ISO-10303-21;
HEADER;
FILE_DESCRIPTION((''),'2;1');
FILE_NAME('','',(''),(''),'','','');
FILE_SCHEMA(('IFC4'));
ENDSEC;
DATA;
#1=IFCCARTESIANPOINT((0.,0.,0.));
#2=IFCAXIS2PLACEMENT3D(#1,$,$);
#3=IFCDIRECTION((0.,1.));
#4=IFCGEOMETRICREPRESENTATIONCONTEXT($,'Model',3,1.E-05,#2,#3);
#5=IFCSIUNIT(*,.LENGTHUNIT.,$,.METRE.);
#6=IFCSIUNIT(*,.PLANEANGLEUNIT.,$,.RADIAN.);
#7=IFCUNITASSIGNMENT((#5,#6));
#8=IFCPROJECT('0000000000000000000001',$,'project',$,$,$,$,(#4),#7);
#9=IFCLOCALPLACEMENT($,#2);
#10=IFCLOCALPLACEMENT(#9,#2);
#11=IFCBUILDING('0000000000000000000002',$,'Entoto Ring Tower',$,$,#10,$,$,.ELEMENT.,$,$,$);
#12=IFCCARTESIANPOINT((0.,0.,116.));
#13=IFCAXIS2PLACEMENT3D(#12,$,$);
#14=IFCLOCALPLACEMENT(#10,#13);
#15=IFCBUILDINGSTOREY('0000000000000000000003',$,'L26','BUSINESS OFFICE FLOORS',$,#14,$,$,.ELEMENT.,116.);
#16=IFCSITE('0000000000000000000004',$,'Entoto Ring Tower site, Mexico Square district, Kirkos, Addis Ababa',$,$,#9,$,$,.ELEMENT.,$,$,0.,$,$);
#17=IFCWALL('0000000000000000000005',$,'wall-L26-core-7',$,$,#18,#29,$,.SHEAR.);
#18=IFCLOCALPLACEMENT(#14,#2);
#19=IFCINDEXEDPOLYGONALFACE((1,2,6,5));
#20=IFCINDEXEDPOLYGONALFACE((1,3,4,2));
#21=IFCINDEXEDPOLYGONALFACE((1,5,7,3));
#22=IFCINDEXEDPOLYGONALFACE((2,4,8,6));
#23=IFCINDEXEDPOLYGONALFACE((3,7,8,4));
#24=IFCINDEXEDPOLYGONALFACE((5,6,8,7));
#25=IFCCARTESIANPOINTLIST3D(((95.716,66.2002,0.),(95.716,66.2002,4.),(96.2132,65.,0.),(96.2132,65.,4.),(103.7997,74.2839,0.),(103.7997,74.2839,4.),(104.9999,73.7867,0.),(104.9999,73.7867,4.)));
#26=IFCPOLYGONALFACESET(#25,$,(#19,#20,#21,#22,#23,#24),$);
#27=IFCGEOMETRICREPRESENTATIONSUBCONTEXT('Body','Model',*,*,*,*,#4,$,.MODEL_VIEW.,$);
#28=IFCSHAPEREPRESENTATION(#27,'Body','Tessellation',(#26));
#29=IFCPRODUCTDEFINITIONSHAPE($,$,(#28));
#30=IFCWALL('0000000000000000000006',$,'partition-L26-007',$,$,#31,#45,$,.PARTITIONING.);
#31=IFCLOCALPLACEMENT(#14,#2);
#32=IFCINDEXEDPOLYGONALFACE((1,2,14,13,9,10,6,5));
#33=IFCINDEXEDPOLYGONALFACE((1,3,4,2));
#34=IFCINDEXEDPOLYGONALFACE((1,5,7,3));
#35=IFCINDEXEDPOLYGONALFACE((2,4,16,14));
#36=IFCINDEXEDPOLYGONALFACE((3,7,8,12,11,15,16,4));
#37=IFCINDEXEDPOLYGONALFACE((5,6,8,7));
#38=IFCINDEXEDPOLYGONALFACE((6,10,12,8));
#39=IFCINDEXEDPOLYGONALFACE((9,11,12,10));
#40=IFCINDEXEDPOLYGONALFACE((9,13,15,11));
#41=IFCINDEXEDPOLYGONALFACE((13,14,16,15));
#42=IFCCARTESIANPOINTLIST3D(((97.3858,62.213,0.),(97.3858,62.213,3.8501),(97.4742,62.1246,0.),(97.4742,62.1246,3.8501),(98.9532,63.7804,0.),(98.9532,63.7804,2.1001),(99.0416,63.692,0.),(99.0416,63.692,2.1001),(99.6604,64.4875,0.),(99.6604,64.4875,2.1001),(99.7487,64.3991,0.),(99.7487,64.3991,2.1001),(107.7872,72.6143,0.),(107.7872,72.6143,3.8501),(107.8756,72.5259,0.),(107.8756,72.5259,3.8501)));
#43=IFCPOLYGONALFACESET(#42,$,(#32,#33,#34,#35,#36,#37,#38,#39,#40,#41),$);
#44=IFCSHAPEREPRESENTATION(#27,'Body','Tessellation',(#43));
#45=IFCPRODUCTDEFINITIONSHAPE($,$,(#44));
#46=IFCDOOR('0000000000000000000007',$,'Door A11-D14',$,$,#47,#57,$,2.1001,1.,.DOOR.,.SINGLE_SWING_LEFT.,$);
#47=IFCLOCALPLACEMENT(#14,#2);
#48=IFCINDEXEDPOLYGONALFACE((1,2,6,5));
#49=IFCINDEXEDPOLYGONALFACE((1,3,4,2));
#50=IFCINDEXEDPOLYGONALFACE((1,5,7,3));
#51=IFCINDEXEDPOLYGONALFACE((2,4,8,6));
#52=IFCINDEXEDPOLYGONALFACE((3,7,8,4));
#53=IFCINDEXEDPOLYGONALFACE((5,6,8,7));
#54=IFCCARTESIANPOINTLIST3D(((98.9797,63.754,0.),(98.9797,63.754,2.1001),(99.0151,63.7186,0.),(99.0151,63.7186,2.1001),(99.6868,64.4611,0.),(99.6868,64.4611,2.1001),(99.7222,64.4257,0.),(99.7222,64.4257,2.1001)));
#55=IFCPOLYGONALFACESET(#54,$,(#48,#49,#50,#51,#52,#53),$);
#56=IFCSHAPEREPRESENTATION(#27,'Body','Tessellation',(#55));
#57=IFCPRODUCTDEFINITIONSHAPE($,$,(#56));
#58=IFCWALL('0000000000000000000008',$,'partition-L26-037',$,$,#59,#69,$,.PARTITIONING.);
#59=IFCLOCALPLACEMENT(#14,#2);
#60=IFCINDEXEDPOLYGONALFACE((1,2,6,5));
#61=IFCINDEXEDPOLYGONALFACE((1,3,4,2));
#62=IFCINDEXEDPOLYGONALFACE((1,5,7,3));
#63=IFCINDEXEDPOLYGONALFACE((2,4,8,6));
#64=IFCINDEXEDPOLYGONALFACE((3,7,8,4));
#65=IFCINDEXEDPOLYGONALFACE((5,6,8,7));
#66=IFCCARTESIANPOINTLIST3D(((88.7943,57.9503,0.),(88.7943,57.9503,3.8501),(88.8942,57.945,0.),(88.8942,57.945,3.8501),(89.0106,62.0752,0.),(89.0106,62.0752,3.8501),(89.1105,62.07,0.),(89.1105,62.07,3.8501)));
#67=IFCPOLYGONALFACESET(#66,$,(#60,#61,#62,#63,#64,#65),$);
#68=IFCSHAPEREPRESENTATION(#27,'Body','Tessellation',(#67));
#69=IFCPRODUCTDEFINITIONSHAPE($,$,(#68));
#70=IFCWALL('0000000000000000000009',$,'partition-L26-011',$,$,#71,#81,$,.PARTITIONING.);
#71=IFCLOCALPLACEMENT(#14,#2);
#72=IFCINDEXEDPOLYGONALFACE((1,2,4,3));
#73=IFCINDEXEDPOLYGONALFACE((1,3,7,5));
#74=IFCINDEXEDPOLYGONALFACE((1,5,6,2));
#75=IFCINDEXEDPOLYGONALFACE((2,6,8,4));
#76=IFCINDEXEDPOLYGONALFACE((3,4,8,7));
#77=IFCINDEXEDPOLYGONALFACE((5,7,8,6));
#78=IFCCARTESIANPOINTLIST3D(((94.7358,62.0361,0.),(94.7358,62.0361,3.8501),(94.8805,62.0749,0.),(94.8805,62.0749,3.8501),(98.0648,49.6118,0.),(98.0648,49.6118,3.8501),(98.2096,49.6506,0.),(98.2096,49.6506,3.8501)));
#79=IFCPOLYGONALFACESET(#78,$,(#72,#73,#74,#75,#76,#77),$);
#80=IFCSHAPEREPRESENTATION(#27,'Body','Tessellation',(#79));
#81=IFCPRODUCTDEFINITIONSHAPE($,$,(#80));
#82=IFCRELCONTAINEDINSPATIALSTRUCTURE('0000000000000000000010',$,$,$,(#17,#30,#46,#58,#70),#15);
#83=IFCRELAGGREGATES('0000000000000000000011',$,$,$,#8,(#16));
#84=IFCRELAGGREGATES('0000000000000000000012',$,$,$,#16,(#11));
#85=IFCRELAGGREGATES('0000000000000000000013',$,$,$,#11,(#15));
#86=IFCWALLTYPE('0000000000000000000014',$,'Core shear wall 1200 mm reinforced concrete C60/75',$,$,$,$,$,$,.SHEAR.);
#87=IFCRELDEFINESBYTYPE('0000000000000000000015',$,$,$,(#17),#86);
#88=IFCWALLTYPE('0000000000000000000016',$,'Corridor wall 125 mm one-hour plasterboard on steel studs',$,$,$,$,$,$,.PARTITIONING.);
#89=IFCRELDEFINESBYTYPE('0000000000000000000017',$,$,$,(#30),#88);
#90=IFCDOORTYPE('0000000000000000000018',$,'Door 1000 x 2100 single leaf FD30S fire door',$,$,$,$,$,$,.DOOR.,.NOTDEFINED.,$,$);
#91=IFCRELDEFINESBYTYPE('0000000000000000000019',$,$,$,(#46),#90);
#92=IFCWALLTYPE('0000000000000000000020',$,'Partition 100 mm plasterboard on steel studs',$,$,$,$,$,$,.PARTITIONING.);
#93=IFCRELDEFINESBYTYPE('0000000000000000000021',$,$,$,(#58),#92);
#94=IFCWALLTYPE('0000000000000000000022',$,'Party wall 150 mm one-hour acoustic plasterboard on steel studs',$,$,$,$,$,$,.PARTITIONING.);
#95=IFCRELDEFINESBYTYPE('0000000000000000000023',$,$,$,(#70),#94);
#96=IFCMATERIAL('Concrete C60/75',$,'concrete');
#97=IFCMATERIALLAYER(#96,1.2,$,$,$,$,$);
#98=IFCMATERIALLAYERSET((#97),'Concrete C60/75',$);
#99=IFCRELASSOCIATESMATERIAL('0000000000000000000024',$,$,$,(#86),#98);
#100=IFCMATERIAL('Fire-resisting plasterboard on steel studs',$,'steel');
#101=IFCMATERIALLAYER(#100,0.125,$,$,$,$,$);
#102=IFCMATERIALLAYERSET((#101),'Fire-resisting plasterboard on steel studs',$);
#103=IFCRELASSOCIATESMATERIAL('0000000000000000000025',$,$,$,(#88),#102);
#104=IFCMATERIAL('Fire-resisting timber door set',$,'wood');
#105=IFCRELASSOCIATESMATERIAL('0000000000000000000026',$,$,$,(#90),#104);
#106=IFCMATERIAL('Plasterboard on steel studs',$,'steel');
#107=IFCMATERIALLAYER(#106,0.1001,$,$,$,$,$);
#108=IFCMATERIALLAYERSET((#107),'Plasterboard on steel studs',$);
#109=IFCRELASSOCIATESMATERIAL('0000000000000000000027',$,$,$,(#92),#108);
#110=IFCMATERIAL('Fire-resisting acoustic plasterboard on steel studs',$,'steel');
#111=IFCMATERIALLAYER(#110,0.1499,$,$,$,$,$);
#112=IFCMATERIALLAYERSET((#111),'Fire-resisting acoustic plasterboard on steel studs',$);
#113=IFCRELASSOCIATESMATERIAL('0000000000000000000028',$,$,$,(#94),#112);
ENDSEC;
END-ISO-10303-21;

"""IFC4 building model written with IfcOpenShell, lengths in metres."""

from ifc_helpers import new_model, si_unit, direction, frame, frame_2d, origin, place, context, subcontext, project, spatial, polyline, rectangle, outline, extrude, material, layer, layer_set, type_object, element, fill, save


model = new_model("IFC4")

# Units and contexts
model_context = context("Model", 3, precision=1e-05, world=origin(), true_north=direction((0.0, 1.0)))
body_context = subcontext(model_context, "Body", "Model", "MODEL_VIEW")
ifc_project = project(units=[si_unit("LENGTHUNIT", "METRE"), si_unit("PLANEANGLEUNIT", "RADIAN")], contexts=[model_context])

# Site, building, storey
site_placement = place(None, origin())
site = spatial("IfcSite", under=ifc_project, at=site_placement, Name="Entoto Ring Tower site, Mexico Square district, Kirkos, Addis Ababa", CompositionType="ELEMENT", RefElevation=0.0)
building_placement = place(site_placement, origin())
building = spatial("IfcBuilding", under=site, at=building_placement, Name="Entoto Ring Tower", CompositionType="ELEMENT")
storey_placement = place(building_placement, frame((0.0, 0.0, 116.0)))
storey = spatial("IfcBuildingStorey", under=building, at=storey_placement, Name="L26", Description="BUSINESS OFFICE FLOORS", CompositionType="ELEMENT", Elevation=116.0)

# Wall
ifc_material_1 = material(Name="Concrete C60/75", Category="concrete")
ifc_layer_1 = layer(ifc_material_1, 1.2)
ifc_layer_set_1 = layer_set([ifc_layer_1], Name="Concrete C60/75")
wall_type_1 = type_object("IfcWallType", Name="Core shear wall 1200 mm reinforced concrete C60/75", PredefinedType="SHEAR", material=ifc_layer_set_1)
wall_1_placement = place(storey_placement, frame((95.9646, 65.6001, 0.0), z_axis=(0.0, 0.0, 1.0), x_axis=(0.707107, 0.707107, 0.0)))
element("IfcWall", 1, at=wall_1_placement, inside=storey, type_object=wall_type_1, Name="wall-L26-core-7", PredefinedType="SHEAR", context=body_context, shape_type="SweptSolid", body=[
    extrude(outline(polyline([(-0.2485, -0.6001), (12.1777, -0.6001), (11.6807, 0.6001), (0.2485, 0.6001), (-0.2485, -0.6001)])), origin(), (0.0, 0.0, 1.0), 4.0),
])

# Wall, opening, door
ifc_material_2 = material(Name="Fire-resisting plasterboard on steel studs", Category="steel")
ifc_layer_2 = layer(ifc_material_2, 0.125)
ifc_layer_set_2 = layer_set([ifc_layer_2], Name="Fire-resisting plasterboard on steel studs")
wall_type_2 = type_object("IfcWallType", Name="Corridor wall 125 mm one-hour plasterboard on steel studs", PredefinedType="PARTITIONING", material=ifc_layer_set_2)
wall_2_placement = place(storey_placement, frame((97.4299, 62.1687, 0.0), z_axis=(0.0, 0.0, 1.0), x_axis=(0.707107, 0.707107, 0.0)))
wall_2 = element("IfcWall", 2, at=wall_2_placement, inside=storey, type_object=wall_type_2, Name="partition-L26-007", PredefinedType="PARTITIONING", context=body_context, shape_type="SweptSolid", body=[
    extrude(rectangle(XDim=14.7097, YDim=0.125, at=frame_2d((7.355, 0.0))), origin(), (0.0, 0.0, 1.0), 3.8501),
])
opening_placement = place(wall_2_placement, frame((2.2168, 0.0, 0.0)))
opening = element("IfcOpeningElement", 3, at=opening_placement, cuts=wall_2, PredefinedType="OPENING", context=body_context, shape_type="SweptSolid", body=[
    extrude(rectangle(XDim=1.0, YDim=2.1001, at=frame_2d((0.5, 1.05))), frame((0.0, 0.0725, 0.0), z_axis=(0.0, -1.0, 0.0), x_axis=(1.0, 0.0, 0.0)), (0.0, 0.0, 1.0), 0.145),
])
ifc_material_3 = material(Name="Fire-resisting timber door set", Category="wood")
door_type = type_object("IfcDoorType", Name="Door 1000 x 2100 single leaf FD30S fire door", OperationType="NOTDEFINED", PredefinedType="DOOR", material=ifc_material_3)
door_placement = place(opening_placement, frame((1.0, 0.0, 0.0), z_axis=(0.0, 0.0, 1.0), x_axis=(-1.0, 0.0, 0.0)))
door = element("IfcDoor", 4, at=door_placement, inside=storey, type_object=door_type, Name="Door A11-D14", OperationType="SINGLE_SWING_LEFT", OverallHeight=2.1001, OverallWidth=1.0, PredefinedType="DOOR", context=body_context, shape_type="SweptSolid", body=[
    extrude(rectangle(XDim=1.0, YDim=2.1001, at=frame_2d((0.5, 1.05))), frame((0.0, 0.0249, 0.0), z_axis=(0.0, -1.0, 0.0), x_axis=(1.0, 0.0, 0.0)), (0.0, 0.0, 1.0), 0.05),
])
fill(opening, door)

# Walls
ifc_material_4 = material(Name="Plasterboard on steel studs", Category="steel")
ifc_layer_3 = layer(ifc_material_4, 0.1001)
ifc_layer_set_3 = layer_set([ifc_layer_3], Name="Plasterboard on steel studs")
wall_type_3 = type_object("IfcWallType", Name="Partition 100 mm plasterboard on steel studs", PredefinedType="PARTITIONING", material=ifc_layer_set_3)
wall_3_placement = place(storey_placement, frame((88.8442, 57.9475, 0.0), z_axis=(0.0, 0.0, 1.0), x_axis=(0.052366, 0.998628, 0.0)))
element("IfcWall", 5, at=wall_3_placement, inside=storey, type_object=wall_type_3, Name="partition-L26-037", PredefinedType="PARTITIONING", context=body_context, shape_type="SweptSolid", body=[
    extrude(rectangle(XDim=4.1306, YDim=0.1001, at=frame_2d((2.0654, 0.0))), origin(), (0.0, 0.0, 1.0), 3.8501),
])
ifc_material_5 = material(Name="Fire-resisting acoustic plasterboard on steel studs", Category="steel")
ifc_layer_4 = layer(ifc_material_5, 0.1499)
ifc_layer_set_4 = layer_set([ifc_layer_4], Name="Fire-resisting acoustic plasterboard on steel studs")
wall_type_4 = type_object("IfcWallType", Name="Party wall 150 mm one-hour acoustic plasterboard on steel studs", PredefinedType="PARTITIONING", material=ifc_layer_set_4)
wall_4_placement = place(storey_placement, frame((98.1372, 49.6313, 0.0), z_axis=(0.0, 0.0, 1.0), x_axis=(-0.25882, 0.965926, 0.0)))
element("IfcWall", 6, at=wall_4_placement, inside=storey, type_object=wall_type_4, Name="partition-L26-011", PredefinedType="PARTITIONING", context=body_context, shape_type="SweptSolid", body=[
    extrude(rectangle(XDim=12.8625, YDim=0.1499, at=frame_2d((6.4312, 0.0))), origin(), (0.0, 0.0, 1.0), 3.8501),
])

save(model, "model.ifc")
